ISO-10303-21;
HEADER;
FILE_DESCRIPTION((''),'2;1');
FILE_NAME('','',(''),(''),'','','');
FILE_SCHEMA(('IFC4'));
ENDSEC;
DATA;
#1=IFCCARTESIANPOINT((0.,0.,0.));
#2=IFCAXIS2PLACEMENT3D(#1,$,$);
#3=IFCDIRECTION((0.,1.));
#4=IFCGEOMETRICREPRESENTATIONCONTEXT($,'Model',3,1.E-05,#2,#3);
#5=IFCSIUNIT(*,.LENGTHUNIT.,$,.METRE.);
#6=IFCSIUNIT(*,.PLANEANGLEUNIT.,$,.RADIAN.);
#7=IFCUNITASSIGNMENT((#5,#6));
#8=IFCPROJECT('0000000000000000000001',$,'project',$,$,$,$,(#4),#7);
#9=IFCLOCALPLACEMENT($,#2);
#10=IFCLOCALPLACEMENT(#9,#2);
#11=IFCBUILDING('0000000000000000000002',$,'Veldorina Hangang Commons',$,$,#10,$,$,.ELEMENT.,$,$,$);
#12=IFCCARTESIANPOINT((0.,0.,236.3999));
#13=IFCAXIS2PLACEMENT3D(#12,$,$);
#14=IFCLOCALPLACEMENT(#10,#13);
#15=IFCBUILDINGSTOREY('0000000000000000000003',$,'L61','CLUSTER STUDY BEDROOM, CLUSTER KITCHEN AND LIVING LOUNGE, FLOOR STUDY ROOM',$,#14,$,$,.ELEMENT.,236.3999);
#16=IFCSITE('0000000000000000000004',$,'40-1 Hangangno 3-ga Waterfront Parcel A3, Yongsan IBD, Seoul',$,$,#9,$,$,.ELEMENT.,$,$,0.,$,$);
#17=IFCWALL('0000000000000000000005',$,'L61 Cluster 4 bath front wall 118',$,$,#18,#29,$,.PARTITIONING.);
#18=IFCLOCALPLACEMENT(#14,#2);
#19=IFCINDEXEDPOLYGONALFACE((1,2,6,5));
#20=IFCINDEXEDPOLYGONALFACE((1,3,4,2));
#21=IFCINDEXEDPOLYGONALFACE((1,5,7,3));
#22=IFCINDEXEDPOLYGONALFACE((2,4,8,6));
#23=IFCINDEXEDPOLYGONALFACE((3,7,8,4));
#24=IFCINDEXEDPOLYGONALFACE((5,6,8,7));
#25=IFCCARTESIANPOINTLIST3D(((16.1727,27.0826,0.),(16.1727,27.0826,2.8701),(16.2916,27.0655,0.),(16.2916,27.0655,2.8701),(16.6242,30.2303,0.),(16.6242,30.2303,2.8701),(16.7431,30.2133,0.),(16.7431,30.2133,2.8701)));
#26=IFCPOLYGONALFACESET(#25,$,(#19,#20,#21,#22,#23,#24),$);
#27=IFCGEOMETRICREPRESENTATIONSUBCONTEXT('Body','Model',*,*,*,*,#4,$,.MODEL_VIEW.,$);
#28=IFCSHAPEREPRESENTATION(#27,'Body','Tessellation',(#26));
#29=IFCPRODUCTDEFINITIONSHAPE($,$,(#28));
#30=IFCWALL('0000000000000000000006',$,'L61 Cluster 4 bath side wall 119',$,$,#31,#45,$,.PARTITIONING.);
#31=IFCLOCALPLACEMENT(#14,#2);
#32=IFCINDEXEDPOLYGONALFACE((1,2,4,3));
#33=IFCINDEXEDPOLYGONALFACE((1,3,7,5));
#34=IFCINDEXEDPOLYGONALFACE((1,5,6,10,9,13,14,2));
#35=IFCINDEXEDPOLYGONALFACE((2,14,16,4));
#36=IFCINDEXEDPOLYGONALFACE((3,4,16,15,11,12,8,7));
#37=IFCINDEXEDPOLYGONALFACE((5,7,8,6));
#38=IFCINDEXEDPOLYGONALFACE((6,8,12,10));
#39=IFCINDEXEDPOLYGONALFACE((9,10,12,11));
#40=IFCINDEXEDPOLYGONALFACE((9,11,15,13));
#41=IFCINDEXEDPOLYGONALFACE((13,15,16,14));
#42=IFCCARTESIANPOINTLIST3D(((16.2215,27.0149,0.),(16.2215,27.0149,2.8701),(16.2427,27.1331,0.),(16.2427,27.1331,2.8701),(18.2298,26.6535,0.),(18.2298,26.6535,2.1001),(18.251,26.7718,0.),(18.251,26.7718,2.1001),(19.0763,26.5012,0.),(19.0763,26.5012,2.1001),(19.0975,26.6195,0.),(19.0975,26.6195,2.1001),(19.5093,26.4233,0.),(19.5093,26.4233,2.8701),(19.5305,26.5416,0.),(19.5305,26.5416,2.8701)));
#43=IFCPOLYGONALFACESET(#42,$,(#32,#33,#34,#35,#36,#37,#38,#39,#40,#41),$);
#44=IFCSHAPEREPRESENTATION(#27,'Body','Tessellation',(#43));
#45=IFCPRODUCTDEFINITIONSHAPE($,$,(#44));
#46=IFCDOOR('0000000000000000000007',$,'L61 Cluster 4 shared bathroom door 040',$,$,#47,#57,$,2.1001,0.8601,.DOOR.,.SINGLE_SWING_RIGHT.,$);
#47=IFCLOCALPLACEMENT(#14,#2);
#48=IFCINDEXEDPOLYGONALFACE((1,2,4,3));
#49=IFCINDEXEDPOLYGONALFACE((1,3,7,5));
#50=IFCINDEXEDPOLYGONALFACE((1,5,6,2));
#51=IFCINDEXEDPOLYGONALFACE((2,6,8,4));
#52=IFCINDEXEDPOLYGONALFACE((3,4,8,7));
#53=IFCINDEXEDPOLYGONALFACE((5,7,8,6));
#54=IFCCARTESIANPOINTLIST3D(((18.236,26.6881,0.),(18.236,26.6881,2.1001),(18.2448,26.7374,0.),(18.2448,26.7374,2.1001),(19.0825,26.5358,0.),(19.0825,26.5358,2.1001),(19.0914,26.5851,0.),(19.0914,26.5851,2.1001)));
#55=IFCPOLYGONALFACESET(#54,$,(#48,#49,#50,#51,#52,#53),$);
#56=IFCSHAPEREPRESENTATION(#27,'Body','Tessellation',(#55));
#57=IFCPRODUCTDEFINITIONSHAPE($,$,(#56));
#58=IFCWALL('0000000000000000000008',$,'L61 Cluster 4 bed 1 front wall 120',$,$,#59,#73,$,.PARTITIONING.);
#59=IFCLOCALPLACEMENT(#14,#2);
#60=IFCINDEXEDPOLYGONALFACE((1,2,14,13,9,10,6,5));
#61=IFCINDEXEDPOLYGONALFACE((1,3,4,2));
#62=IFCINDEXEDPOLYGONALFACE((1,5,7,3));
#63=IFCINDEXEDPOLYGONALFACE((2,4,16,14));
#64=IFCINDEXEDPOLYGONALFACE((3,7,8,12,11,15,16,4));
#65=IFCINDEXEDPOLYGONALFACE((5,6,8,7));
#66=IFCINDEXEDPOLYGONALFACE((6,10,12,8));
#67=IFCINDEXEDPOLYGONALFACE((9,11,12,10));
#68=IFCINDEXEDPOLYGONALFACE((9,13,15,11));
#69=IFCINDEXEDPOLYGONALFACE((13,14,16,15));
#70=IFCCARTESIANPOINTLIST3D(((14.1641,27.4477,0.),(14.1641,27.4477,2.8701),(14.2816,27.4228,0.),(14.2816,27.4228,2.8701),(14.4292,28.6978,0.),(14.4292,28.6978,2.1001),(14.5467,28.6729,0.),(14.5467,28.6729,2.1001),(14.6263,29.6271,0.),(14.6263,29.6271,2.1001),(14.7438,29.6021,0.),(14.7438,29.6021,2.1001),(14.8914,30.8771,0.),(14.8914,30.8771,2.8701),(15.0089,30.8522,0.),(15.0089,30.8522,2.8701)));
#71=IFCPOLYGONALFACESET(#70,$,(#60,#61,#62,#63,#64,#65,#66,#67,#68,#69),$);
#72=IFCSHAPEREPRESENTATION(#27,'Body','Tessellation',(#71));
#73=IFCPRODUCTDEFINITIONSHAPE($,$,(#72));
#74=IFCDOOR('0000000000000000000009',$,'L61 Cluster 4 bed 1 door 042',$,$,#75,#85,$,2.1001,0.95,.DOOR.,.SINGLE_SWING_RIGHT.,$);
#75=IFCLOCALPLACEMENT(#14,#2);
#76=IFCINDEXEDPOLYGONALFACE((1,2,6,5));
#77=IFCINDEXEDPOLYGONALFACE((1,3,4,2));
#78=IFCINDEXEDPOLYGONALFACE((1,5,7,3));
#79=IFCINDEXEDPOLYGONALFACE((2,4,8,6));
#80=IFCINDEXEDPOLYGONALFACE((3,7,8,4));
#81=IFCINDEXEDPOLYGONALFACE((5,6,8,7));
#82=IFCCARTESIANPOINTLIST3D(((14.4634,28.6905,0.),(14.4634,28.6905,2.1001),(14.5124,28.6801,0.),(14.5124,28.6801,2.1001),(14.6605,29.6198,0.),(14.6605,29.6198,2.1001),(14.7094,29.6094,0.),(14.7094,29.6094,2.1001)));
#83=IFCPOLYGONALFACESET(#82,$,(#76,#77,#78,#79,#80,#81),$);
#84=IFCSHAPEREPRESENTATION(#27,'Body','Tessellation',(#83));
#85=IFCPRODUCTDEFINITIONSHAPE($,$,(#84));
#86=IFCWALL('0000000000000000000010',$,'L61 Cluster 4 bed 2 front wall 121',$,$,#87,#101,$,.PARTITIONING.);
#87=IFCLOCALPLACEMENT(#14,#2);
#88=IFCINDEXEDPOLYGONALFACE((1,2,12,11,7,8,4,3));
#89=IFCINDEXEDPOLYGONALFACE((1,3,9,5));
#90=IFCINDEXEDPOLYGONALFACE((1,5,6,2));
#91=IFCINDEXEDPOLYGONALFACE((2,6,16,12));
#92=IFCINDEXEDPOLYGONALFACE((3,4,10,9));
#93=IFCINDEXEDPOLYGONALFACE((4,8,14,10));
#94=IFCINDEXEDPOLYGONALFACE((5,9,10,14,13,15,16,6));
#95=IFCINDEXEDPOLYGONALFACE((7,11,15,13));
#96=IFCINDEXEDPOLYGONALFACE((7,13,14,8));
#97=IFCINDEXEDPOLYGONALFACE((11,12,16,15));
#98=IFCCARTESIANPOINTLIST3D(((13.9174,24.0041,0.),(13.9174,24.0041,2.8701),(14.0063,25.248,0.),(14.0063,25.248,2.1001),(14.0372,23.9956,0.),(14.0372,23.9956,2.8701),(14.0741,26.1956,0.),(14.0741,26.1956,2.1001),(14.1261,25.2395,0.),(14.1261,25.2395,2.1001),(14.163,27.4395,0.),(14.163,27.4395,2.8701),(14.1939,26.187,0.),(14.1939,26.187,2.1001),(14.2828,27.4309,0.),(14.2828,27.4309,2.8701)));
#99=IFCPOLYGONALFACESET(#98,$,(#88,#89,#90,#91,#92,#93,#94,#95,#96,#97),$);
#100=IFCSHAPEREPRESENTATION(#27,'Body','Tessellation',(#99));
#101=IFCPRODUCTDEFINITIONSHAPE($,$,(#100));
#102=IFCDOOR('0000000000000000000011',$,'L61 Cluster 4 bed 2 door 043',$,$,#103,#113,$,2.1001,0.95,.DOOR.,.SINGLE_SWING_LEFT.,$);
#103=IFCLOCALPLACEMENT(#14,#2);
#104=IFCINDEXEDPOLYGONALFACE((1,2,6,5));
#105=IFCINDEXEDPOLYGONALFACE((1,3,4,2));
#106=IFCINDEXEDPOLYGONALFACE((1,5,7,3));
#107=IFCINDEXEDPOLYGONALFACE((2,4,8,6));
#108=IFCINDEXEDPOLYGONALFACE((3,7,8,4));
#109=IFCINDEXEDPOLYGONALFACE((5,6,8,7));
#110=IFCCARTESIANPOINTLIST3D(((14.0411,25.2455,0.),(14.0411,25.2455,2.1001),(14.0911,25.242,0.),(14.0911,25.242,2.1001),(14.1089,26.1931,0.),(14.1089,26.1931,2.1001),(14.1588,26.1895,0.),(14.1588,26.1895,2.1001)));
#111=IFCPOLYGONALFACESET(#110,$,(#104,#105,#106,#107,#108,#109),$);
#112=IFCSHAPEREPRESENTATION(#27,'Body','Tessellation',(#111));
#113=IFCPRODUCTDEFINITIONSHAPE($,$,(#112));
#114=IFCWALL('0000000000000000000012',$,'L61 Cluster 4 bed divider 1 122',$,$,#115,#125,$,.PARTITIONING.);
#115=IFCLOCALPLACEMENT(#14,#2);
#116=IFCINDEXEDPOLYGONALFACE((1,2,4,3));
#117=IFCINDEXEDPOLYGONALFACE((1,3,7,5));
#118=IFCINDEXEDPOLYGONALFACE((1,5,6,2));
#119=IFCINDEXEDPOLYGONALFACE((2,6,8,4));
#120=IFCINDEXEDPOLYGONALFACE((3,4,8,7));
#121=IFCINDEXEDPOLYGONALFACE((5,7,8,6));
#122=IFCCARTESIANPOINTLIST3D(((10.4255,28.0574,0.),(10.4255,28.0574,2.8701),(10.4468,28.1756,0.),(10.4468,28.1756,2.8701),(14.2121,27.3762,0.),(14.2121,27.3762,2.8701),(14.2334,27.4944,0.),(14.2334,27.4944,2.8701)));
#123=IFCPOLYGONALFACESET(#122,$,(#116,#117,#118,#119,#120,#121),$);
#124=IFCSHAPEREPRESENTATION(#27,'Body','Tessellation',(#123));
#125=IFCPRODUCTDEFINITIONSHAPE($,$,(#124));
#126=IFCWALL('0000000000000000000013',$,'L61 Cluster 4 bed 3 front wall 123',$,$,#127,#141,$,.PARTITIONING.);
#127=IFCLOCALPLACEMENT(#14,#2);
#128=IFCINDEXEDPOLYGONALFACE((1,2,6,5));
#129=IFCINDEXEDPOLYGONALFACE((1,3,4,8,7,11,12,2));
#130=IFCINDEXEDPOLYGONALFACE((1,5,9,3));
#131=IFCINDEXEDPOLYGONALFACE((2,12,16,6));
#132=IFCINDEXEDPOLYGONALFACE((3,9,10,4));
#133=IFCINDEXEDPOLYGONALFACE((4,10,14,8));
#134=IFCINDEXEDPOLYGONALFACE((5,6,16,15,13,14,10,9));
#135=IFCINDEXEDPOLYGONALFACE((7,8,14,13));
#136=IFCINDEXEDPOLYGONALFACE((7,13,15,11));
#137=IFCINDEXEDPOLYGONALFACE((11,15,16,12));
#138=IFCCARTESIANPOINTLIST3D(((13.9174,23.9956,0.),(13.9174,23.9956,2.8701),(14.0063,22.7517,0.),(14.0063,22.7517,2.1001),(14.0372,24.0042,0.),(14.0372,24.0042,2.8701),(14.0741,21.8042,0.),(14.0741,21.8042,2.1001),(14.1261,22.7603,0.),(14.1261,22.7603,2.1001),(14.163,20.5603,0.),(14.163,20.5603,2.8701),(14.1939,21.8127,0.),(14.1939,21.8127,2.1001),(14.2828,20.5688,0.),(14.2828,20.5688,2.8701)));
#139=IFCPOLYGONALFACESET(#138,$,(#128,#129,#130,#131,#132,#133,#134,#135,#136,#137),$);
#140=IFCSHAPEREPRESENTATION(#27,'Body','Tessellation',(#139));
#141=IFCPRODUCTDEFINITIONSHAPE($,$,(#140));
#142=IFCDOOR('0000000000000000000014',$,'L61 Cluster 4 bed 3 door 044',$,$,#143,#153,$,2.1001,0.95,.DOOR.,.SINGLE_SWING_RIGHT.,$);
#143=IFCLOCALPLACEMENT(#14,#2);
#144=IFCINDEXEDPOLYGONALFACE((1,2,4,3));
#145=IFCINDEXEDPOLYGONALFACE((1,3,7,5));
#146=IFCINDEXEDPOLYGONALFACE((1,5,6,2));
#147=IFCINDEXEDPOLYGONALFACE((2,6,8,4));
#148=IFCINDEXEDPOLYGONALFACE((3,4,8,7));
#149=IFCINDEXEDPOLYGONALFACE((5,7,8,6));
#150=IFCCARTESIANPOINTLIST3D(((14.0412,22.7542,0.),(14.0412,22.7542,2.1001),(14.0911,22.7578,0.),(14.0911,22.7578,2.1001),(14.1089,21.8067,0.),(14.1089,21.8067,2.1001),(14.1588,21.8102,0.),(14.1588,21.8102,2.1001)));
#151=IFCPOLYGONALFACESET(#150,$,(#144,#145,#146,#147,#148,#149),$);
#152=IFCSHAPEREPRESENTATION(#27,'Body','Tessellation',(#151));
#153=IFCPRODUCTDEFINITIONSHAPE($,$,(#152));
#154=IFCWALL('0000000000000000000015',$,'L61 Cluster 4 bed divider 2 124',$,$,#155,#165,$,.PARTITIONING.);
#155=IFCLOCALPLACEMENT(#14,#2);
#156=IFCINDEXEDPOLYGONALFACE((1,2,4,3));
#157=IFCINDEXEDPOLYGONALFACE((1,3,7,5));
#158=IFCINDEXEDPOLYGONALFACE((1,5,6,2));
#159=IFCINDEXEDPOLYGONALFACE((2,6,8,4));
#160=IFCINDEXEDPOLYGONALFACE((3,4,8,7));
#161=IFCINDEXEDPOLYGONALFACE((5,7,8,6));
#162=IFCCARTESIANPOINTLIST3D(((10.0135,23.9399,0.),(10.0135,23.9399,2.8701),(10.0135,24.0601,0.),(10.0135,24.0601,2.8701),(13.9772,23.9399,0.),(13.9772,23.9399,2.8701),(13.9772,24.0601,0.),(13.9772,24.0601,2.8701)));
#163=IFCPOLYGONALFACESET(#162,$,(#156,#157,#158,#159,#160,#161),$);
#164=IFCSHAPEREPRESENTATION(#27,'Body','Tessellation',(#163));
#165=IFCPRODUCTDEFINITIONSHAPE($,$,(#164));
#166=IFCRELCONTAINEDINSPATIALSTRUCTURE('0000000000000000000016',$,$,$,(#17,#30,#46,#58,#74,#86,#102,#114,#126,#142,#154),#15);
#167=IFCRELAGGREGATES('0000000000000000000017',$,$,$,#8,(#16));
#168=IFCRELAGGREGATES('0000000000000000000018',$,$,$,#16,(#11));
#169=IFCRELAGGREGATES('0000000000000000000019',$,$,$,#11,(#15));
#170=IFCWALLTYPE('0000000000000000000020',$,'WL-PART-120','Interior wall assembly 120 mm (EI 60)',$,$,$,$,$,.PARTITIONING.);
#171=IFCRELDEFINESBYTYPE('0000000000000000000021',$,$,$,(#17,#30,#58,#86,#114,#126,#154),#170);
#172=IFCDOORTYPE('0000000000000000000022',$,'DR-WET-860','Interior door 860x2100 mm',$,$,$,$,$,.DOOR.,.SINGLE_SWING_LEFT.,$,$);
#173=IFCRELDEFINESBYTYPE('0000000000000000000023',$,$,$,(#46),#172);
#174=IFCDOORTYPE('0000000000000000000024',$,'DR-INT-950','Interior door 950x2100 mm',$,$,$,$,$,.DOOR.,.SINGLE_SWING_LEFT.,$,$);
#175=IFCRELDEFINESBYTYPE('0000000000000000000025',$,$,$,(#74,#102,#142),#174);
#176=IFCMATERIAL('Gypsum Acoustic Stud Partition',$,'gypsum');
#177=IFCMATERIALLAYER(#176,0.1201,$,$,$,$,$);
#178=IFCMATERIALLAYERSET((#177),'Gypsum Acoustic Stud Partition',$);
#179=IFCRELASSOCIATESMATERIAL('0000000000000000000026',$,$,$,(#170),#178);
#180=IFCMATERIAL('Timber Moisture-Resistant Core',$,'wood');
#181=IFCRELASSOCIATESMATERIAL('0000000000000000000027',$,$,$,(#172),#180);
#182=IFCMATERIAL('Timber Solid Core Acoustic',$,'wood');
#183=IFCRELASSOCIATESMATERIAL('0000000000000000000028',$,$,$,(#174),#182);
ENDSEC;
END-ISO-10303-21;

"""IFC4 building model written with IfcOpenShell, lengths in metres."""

from ifc_helpers import new_model, si_unit, direction, frame, frame_2d, origin, place, context, subcontext, project, spatial, rectangle, extrude, material, layer, layer_set, type_object, element, fill, save


model = new_model("IFC4")

# Units and contexts
model_context = context("Model", 3, precision=1e-05, world=origin(), true_north=direction((0.0, 1.0)))
body_context = subcontext(model_context, "Body", "Model", "MODEL_VIEW")
ifc_project = project(units=[si_unit("LENGTHUNIT", "METRE"), si_unit("PLANEANGLEUNIT", "RADIAN")], contexts=[model_context])

# Site, building, storey
site_placement = place(None, origin())
site = spatial("IfcSite", under=ifc_project, at=site_placement, Name="40-1 Hangangno 3-ga Waterfront Parcel A3, Yongsan IBD, Seoul", CompositionType="ELEMENT", RefElevation=0.0)
building_placement = place(site_placement, origin())
building = spatial("IfcBuilding", under=site, at=building_placement, Name="Veldorina Hangang Commons", CompositionType="ELEMENT")
storey_placement = place(building_placement, frame((0.0, 0.0, 236.3999)))
storey = spatial("IfcBuildingStorey", under=building, at=storey_placement, Name="L61", Description="CLUSTER STUDY BEDROOM, CLUSTER KITCHEN AND LIVING LOUNGE, FLOOR STUDY ROOM", CompositionType="ELEMENT", Elevation=236.3999)

# Wall
ifc_material_1 = material(Name="Gypsum Acoustic Stud Partition", Category="gypsum")
ifc_layer_1 = layer(ifc_material_1, 0.1201)
ifc_layer_set_1 = layer_set([ifc_layer_1], Name="Gypsum Acoustic Stud Partition")
wall_type_1 = type_object("IfcWallType", Name="WL-PART-120", Description="Interior wall assembly 120 mm (EI 60)", PredefinedType="PARTITIONING", material=ifc_layer_set_1)
wall_1_placement = place(storey_placement, frame((16.6836, 30.2217, 0.0), z_axis=(0.0, 0.0, 1.0), x_axis=(-0.141959, -0.989873, 0.0)))
element("IfcWall", 1, at=wall_1_placement, inside=storey, type_object=wall_type_1, Name="L61 Cluster 4 bath front wall 118", PredefinedType="PARTITIONING", context=body_context, shape_type="SweptSolid", body=[
    extrude(rectangle(XDim=3.1799, YDim=0.1201, at=frame_2d((1.5898, 0.0))), origin(), (0.0, 0.0, 1.0), 2.8701),
])

# Walls, openings, doors
wall_2_placement = place(storey_placement, frame((19.52, 26.4824, 0.0), z_axis=(0.0, 0.0, 1.0), x_axis=(-0.984197, 0.177078, 0.0)))
wall_2 = element("IfcWall", 2, at=wall_2_placement, inside=storey, type_object=wall_type_1, Name="L61 Cluster 4 bath side wall 119", PredefinedType="PARTITIONING", context=body_context, shape_type="SweptSolid", body=[
    extrude(rectangle(XDim=3.3406, YDim=0.1201, at=frame_2d((1.6704, 0.0))), origin(), (0.0, 0.0, 1.0), 2.8701),
])
opening_1_placement = place(wall_2_placement, frame((0.4399, 0.0, 0.0)))
opening_1 = element("IfcOpeningElement", 3, at=opening_1_placement, cuts=wall_2, PredefinedType="OPENING", context=body_context, shape_type="SweptSolid", body=[
    extrude(rectangle(XDim=0.8601, YDim=2.1001, at=frame_2d((0.4302, 1.05))), frame((0.0, 0.0701, 0.0), z_axis=(0.0, -1.0, 0.0), x_axis=(1.0, 0.0, 0.0)), (0.0, 0.0, 1.0), 0.1401),
])
ifc_material_2 = material(Name="Timber Moisture-Resistant Core", Category="wood")
door_type_1 = type_object("IfcDoorType", Name="DR-WET-860", Description="Interior door 860x2100 mm", OperationType="SINGLE_SWING_LEFT", PredefinedType="DOOR", material=ifc_material_2)
door_1_placement = place(opening_1_placement, origin())
door_1 = element("IfcDoor", 4, at=door_1_placement, inside=storey, type_object=door_type_1, Name="L61 Cluster 4 shared bathroom door 040", OperationType="SINGLE_SWING_RIGHT", OverallHeight=2.1001, OverallWidth=0.8601, PredefinedType="DOOR", context=body_context, shape_type="SweptSolid", body=[
    extrude(rectangle(XDim=0.8601, YDim=2.1001, at=frame_2d((0.4302, 1.05))), frame((0.0, 0.0249, 0.0), z_axis=(0.0, -1.0, 0.0), x_axis=(1.0, 0.0, 0.0)), (0.0, 0.0, 1.0), 0.05),
])
fill(opening_1, door_1)
wall_3_placement = place(storey_placement, frame((14.9502, 30.8647, 0.0), z_axis=(0.0, 0.0, 1.0), x_axis=(-0.20746, -0.978244, 0.0)))
wall_3 = element("IfcWall", 5, at=wall_3_placement, inside=storey, type_object=wall_type_1, Name="L61 Cluster 4 bed 1 front wall 120", PredefinedType="PARTITIONING", context=body_context, shape_type="SweptSolid", body=[
    extrude(rectangle(XDim=3.5056, YDim=0.1201, at=frame_2d((1.7529, 0.0))), origin(), (0.0, 0.0, 1.0), 2.8701),
])
opening_2_placement = place(wall_3_placement, frame((1.2778, 0.0, 0.0)))
opening_2 = element("IfcOpeningElement", 6, at=opening_2_placement, cuts=wall_3, PredefinedType="OPENING", context=body_context, shape_type="SweptSolid", body=[
    extrude(rectangle(XDim=0.95, YDim=2.1001, at=frame_2d((0.4751, 1.05))), frame((0.0, 0.0701, 0.0), z_axis=(0.0, -1.0, 0.0), x_axis=(1.0, 0.0, 0.0)), (0.0, 0.0, 1.0), 0.1401),
])
ifc_material_3 = material(Name="Timber Solid Core Acoustic", Category="wood")
door_type_2 = type_object("IfcDoorType", Name="DR-INT-950", Description="Interior door 950x2100 mm", OperationType="SINGLE_SWING_LEFT", PredefinedType="DOOR", material=ifc_material_3)
door_2_placement = place(opening_2_placement, origin())
door_2 = element("IfcDoor", 7, at=door_2_placement, inside=storey, type_object=door_type_2, Name="L61 Cluster 4 bed 1 door 042", OperationType="SINGLE_SWING_RIGHT", OverallHeight=2.1001, OverallWidth=0.95, PredefinedType="DOOR", context=body_context, shape_type="SweptSolid", body=[
    extrude(rectangle(XDim=0.95, YDim=2.1001, at=frame_2d((0.4751, 1.05))), frame((0.0, 0.0249, 0.0), z_axis=(0.0, -1.0, 0.0), x_axis=(1.0, 0.0, 0.0)), (0.0, 0.0, 1.0), 0.05),
])
fill(opening_2, door_2)
wall_4_placement = place(storey_placement, frame((14.2229, 27.4353, 0.0), z_axis=(0.0, 0.0, 1.0), x_axis=(-0.071313, -0.997454, 0.0)))
wall_4 = element("IfcWall", 8, at=wall_4_placement, inside=storey, type_object=wall_type_1, Name="L61 Cluster 4 bed 2 front wall 121", PredefinedType="PARTITIONING", context=body_context, shape_type="SweptSolid", body=[
    extrude(rectangle(XDim=3.4441, YDim=0.1201, at=frame_2d((1.7222, 0.0))), origin(), (0.0, 0.0, 1.0), 2.8701),
])
opening_3_placement = place(wall_4_placement, frame((1.2471, 0.0, 0.0)))
opening_3 = element("IfcOpeningElement", 9, at=opening_3_placement, cuts=wall_4, PredefinedType="OPENING", context=body_context, shape_type="SweptSolid", body=[
    extrude(rectangle(XDim=0.95, YDim=2.1001, at=frame_2d((0.4751, 1.05))), frame((0.0, 0.0701, 0.0), z_axis=(0.0, -1.0, 0.0), x_axis=(1.0, 0.0, 0.0)), (0.0, 0.0, 1.0), 0.1401),
])
door_3_placement = place(opening_3_placement, origin())
door_3 = element("IfcDoor", 10, at=door_3_placement, inside=storey, type_object=door_type_2, Name="L61 Cluster 4 bed 2 door 043", OperationType="SINGLE_SWING_LEFT", OverallHeight=2.1001, OverallWidth=0.95, PredefinedType="DOOR", context=body_context, shape_type="SweptSolid", body=[
    extrude(rectangle(XDim=0.95, YDim=2.1001, at=frame_2d((0.4751, 1.05))), frame((0.0, 0.0249, 0.0), z_axis=(0.0, -1.0, 0.0), x_axis=(1.0, 0.0, 0.0)), (0.0, 0.0, 1.0), 0.05),
])
fill(opening_3, door_3)

# Wall
wall_5_placement = place(storey_placement, frame((14.2229, 27.4353, 0.0), z_axis=(0.0, 0.0, 1.0), x_axis=(-0.984203, 0.177042, 0.0)))
element("IfcWall", 11, at=wall_5_placement, inside=storey, type_object=wall_type_1, Name="L61 Cluster 4 bed divider 1 122", PredefinedType="PARTITIONING", context=body_context, shape_type="SweptSolid", body=[
    extrude(rectangle(XDim=3.8474, YDim=0.1201, at=frame_2d((1.9238, 0.0))), origin(), (0.0, 0.0, 1.0), 2.8701),
])

# Wall, opening, door
wall_6_placement = place(storey_placement, frame((13.9773, 24.0, 0.0), z_axis=(0.0, 0.0, 1.0), x_axis=(0.071313, -0.997454, 0.0)))
wall_6 = element("IfcWall", 12, at=wall_6_placement, inside=storey, type_object=wall_type_1, Name="L61 Cluster 4 bed 3 front wall 123", PredefinedType="PARTITIONING", context=body_context, shape_type="SweptSolid", body=[
    extrude(rectangle(XDim=3.4441, YDim=0.1201, at=frame_2d((1.7222, 0.0))), origin(), (0.0, 0.0, 1.0), 2.8701),
])
opening_4_placement = place(wall_6_placement, frame((1.2471, 0.0, 0.0)))
opening_4 = element("IfcOpeningElement", 13, at=opening_4_placement, cuts=wall_6, PredefinedType="OPENING", context=body_context, shape_type="SweptSolid", body=[
    extrude(rectangle(XDim=0.95, YDim=2.1001, at=frame_2d((0.4751, 1.05))), frame((0.0, 0.0701, 0.0), z_axis=(0.0, -1.0, 0.0), x_axis=(1.0, 0.0, 0.0)), (0.0, 0.0, 1.0), 0.1401),
])
door_4_placement = place(opening_4_placement, origin())
door_4 = element("IfcDoor", 14, at=door_4_placement, inside=storey, type_object=door_type_2, Name="L61 Cluster 4 bed 3 door 044", OperationType="SINGLE_SWING_RIGHT", OverallHeight=2.1001, OverallWidth=0.95, PredefinedType="DOOR", context=body_context, shape_type="SweptSolid", body=[
    extrude(rectangle(XDim=0.95, YDim=2.1001, at=frame_2d((0.4751, 1.05))), frame((0.0, 0.0249, 0.0), z_axis=(0.0, -1.0, 0.0), x_axis=(1.0, 0.0, 0.0)), (0.0, 0.0, 1.0), 0.05),
])
fill(opening_4, door_4)

# Wall
wall_7_placement = place(storey_placement, frame((13.9773, 24.0, 0.0), z_axis=(0.0, 0.0, 1.0), x_axis=(-1.0, 0.0, 0.0)))
element("IfcWall", 15, at=wall_7_placement, inside=storey, type_object=wall_type_1, Name="L61 Cluster 4 bed divider 2 124", PredefinedType="PARTITIONING", context=body_context, shape_type="SweptSolid", body=[
    extrude(rectangle(XDim=3.9636, YDim=0.1201, at=frame_2d((1.9819, 0.0))), origin(), (0.0, 0.0, 1.0), 2.8701),
])

save(model, "model.ifc")
